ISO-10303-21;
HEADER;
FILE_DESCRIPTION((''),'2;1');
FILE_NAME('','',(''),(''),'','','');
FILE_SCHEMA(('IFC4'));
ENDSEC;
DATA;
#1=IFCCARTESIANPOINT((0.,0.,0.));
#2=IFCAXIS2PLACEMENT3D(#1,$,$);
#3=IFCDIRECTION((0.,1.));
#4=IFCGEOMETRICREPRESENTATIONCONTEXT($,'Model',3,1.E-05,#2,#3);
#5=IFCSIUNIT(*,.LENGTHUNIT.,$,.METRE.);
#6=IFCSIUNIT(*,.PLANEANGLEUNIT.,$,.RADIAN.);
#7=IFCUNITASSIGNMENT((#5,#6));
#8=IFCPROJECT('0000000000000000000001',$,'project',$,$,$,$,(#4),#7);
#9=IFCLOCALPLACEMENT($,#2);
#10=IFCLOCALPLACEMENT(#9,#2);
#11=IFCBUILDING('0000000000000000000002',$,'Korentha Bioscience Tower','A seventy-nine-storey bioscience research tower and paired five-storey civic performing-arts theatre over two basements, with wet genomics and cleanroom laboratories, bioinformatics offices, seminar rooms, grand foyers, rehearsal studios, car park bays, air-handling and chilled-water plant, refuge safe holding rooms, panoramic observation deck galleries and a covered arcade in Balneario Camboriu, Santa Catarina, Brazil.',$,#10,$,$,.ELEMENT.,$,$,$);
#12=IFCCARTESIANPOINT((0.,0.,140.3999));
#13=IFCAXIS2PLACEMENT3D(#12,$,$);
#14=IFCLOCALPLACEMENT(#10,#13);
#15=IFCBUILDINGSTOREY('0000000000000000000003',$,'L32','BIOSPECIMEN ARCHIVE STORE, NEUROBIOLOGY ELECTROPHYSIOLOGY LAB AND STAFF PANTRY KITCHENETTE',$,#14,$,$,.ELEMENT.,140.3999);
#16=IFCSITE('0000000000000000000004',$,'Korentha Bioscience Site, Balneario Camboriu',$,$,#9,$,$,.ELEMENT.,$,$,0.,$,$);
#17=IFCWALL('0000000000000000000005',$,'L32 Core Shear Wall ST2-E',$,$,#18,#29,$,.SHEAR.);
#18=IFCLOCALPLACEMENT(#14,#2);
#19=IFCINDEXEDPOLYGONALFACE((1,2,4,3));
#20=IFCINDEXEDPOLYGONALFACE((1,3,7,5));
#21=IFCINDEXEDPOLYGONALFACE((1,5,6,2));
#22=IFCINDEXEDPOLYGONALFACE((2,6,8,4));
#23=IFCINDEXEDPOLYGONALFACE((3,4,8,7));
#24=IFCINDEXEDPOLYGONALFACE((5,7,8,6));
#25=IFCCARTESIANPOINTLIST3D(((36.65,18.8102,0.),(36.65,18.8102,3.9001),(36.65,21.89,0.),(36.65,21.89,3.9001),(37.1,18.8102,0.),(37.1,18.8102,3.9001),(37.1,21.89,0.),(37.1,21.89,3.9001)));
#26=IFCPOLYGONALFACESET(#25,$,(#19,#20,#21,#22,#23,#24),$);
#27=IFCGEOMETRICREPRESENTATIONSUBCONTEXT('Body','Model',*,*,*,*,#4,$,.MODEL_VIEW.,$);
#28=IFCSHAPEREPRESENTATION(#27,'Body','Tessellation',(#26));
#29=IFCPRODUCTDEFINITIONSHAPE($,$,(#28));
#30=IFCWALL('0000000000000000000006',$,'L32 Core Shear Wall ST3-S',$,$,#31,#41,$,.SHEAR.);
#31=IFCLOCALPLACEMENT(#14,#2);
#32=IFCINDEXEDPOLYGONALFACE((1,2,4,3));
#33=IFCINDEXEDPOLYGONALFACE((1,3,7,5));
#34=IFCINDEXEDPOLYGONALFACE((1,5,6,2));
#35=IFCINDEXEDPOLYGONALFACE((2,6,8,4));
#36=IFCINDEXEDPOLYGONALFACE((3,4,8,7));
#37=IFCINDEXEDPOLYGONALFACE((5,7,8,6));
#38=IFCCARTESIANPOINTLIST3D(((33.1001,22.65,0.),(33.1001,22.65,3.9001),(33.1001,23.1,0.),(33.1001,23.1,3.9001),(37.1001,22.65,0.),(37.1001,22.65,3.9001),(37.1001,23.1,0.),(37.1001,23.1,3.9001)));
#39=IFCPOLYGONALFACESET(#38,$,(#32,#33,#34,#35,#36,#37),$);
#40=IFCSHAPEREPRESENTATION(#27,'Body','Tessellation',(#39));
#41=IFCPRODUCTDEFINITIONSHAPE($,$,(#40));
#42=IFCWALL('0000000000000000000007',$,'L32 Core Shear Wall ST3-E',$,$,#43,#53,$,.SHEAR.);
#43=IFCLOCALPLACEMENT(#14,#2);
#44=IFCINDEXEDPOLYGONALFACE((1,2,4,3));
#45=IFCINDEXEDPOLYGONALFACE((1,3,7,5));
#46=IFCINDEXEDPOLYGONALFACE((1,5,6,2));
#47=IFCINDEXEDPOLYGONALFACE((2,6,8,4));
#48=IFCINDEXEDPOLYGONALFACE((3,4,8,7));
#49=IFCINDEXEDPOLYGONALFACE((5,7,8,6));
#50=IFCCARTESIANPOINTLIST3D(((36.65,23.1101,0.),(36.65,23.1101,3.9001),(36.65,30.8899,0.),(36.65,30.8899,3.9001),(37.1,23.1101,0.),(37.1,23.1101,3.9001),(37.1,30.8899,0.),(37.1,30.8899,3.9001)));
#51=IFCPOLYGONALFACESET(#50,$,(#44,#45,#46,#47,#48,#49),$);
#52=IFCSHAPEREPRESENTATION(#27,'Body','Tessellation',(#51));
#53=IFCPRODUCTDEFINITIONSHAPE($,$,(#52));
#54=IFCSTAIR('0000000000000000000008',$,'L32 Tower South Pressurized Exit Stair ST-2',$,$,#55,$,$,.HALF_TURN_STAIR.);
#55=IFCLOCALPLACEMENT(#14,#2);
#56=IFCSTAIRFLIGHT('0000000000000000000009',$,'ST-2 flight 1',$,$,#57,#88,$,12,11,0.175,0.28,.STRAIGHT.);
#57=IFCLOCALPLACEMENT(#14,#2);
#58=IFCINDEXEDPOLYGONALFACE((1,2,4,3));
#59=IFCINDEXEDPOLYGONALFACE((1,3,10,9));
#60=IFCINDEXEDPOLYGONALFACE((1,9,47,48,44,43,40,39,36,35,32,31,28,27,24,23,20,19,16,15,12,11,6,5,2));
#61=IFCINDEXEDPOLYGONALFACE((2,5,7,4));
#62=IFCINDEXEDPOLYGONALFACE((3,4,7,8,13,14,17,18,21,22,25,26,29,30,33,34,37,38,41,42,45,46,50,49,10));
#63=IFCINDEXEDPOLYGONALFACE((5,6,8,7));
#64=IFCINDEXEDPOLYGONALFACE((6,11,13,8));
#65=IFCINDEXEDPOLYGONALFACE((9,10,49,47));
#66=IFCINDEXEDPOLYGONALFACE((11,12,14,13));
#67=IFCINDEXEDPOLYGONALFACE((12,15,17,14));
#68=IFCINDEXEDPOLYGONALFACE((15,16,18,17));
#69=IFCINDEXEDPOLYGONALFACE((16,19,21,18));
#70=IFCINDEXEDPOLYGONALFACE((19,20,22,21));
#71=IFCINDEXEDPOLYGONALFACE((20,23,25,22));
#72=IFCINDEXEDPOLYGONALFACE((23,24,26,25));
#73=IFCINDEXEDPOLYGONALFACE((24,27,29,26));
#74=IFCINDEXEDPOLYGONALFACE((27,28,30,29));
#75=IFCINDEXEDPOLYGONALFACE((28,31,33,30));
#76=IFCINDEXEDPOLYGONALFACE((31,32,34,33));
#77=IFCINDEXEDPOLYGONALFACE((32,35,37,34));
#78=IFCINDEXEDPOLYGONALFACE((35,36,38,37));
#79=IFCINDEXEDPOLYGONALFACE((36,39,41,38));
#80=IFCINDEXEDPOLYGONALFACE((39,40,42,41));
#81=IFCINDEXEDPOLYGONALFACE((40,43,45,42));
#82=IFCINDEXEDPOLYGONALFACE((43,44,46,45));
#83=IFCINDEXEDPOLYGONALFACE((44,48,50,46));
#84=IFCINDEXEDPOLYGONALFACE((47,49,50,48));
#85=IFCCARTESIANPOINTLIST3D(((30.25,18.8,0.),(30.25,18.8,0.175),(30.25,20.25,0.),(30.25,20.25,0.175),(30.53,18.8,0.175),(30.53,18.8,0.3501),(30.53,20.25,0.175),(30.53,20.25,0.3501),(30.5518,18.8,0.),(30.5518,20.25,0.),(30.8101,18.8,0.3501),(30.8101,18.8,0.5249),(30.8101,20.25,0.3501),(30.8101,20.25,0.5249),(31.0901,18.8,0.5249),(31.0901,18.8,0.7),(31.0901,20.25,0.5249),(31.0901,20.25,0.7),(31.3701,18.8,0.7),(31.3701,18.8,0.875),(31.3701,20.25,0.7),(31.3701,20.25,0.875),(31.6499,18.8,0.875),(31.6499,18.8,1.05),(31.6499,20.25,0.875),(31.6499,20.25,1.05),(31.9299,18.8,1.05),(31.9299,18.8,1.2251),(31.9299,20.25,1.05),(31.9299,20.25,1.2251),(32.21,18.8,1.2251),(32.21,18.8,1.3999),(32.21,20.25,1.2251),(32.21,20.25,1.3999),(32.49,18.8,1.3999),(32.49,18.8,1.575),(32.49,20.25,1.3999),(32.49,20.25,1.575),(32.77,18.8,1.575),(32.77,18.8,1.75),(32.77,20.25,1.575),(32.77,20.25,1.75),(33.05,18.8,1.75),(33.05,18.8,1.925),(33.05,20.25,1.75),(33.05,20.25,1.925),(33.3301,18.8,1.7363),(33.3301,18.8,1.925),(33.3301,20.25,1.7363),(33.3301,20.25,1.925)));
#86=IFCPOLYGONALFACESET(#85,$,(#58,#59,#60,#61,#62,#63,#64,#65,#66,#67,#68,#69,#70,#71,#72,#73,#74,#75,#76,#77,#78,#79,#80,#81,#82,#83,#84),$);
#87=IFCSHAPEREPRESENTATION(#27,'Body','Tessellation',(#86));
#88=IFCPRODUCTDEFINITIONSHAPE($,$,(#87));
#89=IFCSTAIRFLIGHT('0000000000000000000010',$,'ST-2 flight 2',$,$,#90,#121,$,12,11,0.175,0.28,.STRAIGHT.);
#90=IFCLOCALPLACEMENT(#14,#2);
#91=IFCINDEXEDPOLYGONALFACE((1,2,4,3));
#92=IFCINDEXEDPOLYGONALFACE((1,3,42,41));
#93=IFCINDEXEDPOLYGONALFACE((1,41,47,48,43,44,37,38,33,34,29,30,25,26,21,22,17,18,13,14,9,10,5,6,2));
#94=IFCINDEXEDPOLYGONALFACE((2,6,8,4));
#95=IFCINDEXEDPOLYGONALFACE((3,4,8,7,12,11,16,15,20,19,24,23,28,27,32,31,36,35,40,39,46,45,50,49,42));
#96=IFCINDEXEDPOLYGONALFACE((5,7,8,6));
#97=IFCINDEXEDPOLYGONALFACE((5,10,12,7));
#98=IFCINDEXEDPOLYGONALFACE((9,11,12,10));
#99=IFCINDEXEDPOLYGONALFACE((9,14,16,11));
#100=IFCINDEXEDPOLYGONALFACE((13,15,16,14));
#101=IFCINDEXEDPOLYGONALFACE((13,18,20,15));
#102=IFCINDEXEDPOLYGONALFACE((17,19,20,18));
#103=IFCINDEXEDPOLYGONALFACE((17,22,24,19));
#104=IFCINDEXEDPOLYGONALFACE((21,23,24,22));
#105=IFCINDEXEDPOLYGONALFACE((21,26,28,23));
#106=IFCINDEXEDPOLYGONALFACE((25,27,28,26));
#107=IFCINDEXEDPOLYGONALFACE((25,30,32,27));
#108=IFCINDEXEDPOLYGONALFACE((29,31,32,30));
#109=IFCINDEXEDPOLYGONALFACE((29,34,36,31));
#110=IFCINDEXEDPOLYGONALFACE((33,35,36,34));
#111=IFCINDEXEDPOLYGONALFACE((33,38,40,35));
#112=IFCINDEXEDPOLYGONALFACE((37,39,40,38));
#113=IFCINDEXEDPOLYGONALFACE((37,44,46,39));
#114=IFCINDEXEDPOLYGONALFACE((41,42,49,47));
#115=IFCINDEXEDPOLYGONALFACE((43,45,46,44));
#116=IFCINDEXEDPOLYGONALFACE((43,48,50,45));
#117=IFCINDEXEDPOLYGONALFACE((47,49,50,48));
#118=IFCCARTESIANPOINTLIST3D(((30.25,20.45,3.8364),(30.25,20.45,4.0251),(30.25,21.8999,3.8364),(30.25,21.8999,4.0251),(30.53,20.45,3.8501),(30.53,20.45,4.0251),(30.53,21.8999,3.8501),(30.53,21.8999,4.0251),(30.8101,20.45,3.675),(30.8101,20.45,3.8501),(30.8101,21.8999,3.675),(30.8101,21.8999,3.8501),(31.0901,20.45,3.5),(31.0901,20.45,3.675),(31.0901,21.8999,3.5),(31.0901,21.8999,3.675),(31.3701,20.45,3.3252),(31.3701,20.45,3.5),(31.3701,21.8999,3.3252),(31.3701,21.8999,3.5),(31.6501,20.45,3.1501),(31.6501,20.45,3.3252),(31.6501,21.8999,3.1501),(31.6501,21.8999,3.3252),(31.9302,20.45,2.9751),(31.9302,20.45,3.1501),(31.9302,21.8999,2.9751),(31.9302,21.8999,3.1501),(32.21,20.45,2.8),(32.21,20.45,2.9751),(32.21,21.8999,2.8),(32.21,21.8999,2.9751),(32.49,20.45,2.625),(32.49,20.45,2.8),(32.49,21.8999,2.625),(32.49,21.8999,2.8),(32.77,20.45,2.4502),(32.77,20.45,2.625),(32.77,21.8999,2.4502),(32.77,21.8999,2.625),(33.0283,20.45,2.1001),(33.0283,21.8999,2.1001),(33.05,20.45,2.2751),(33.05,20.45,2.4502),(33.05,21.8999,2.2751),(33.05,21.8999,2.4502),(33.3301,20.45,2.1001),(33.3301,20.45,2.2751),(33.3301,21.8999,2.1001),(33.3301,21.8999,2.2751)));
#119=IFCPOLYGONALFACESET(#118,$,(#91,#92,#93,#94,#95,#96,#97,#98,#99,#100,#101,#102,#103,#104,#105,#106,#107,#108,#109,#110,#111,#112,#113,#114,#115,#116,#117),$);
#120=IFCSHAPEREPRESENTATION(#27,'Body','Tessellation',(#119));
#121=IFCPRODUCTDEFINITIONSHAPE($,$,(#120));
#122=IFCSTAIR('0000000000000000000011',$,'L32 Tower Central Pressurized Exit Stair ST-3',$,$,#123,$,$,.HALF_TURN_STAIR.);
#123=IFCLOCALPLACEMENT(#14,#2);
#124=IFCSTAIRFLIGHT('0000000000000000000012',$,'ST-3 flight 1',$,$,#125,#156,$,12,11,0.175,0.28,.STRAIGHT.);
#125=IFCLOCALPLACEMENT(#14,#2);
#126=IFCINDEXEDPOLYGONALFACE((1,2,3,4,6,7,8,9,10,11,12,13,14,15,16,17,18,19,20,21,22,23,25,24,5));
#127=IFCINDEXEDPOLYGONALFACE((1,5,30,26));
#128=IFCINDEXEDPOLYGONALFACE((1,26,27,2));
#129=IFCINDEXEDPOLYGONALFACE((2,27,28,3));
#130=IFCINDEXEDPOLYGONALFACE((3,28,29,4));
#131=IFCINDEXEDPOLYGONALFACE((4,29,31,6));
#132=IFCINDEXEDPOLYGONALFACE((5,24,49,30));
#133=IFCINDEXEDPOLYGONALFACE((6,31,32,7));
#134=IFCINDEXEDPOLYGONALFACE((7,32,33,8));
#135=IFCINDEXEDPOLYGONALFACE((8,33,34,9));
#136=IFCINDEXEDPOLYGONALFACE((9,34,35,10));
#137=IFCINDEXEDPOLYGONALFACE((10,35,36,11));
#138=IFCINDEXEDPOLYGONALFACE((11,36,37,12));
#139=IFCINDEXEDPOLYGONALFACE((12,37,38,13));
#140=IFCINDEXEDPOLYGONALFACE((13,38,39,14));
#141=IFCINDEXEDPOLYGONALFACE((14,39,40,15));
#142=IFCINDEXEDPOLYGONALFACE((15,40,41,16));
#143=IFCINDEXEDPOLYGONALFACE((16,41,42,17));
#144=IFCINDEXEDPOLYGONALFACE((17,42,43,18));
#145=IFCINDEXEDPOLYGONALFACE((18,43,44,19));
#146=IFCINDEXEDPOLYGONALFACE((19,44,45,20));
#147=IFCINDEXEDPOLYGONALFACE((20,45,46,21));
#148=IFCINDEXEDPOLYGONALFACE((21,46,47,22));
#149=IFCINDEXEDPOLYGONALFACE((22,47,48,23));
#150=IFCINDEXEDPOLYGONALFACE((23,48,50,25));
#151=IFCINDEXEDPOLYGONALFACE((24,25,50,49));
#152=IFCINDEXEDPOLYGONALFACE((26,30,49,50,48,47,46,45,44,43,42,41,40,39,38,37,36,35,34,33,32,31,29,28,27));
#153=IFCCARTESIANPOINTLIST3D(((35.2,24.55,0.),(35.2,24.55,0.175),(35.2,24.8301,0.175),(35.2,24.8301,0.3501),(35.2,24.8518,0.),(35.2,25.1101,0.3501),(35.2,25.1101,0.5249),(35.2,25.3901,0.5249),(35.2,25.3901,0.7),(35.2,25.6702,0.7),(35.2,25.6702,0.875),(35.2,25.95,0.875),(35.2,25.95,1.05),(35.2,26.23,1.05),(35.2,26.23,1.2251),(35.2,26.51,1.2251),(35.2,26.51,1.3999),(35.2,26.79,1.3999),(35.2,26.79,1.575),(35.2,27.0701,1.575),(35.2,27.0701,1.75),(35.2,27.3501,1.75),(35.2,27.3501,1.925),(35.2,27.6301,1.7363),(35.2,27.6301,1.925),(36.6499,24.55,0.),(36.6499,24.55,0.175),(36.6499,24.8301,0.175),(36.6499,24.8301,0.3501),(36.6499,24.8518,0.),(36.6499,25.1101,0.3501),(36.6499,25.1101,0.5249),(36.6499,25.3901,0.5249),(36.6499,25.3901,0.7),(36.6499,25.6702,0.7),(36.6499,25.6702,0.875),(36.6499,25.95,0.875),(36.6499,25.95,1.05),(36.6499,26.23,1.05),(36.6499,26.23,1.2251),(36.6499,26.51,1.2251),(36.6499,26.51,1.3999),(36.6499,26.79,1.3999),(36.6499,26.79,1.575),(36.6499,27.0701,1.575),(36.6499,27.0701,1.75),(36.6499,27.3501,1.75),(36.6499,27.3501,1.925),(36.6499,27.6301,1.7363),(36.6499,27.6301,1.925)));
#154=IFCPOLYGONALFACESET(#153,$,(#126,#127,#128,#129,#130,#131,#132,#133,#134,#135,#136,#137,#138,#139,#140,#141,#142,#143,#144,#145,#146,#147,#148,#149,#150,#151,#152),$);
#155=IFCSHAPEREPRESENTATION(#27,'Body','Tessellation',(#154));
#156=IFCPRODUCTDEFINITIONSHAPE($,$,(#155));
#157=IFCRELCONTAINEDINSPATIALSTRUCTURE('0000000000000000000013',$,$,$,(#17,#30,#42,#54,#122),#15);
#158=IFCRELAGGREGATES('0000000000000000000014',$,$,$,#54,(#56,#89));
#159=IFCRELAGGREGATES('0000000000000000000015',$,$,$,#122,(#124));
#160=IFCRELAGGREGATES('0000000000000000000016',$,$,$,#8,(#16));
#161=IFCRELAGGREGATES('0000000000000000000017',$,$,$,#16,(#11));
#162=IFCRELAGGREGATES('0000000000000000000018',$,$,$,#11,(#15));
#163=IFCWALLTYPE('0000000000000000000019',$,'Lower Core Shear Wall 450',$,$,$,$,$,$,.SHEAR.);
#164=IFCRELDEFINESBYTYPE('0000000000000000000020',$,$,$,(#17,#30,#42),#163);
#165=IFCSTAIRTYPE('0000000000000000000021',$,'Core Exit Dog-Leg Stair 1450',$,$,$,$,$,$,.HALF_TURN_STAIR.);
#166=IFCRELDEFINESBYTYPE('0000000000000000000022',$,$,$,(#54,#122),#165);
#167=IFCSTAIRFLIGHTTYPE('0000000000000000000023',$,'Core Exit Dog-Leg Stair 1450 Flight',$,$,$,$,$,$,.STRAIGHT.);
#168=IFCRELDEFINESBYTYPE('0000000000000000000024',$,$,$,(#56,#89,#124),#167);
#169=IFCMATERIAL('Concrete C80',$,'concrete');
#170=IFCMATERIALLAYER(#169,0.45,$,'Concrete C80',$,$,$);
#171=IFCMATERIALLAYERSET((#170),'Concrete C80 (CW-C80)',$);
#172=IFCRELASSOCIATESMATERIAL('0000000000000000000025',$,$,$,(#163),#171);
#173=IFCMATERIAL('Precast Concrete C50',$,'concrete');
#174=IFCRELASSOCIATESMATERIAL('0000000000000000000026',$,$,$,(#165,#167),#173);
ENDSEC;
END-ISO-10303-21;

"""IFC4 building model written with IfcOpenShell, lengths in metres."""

from ifc_helpers import new_model, si_unit, direction, frame, frame_2d, origin, place, context, subcontext, project, spatial, polyline, rectangle, outline, extrude, material, layer, layer_set, type_object, element, aggregate, save


model = new_model("IFC4")

# Units and contexts
model_context = context("Model", 3, precision=1e-05, world=origin(), true_north=direction((0.0, 1.0)))
body_context = subcontext(model_context, "Body", "Model", "MODEL_VIEW")
ifc_project = project(units=[si_unit("LENGTHUNIT", "METRE"), si_unit("PLANEANGLEUNIT", "RADIAN")], contexts=[model_context])

# Site, building, storey
site_placement = place(None, origin())
site = spatial("IfcSite", under=ifc_project, at=site_placement, Name="Korentha Bioscience Site, Balneario Camboriu", CompositionType="ELEMENT", RefElevation=0.0)
building_placement = place(site_placement, origin())
building = spatial("IfcBuilding", under=site, at=building_placement, Name="Korentha Bioscience Tower", Description="A seventy-nine-storey bioscience research tower and paired five-storey civic performing-arts theatre over two basements, with wet genomics and cleanroom laboratories, bioinformatics offices, seminar rooms, grand foyers, rehearsal studios, car park bays, air-handling and chilled-water plant, refuge safe holding rooms, panoramic observation deck galleries and a covered arcade in Balneario Camboriu, Santa Catarina, Brazil.", CompositionType="ELEMENT")
storey_placement = place(building_placement, frame((0.0, 0.0, 140.3999)))
storey = spatial("IfcBuildingStorey", under=building, at=storey_placement, Name="L32", Description="BIOSPECIMEN ARCHIVE STORE, NEUROBIOLOGY ELECTROPHYSIOLOGY LAB AND STAFF PANTRY KITCHENETTE", CompositionType="ELEMENT", Elevation=140.3999)

# Walls
ifc_material_1 = material(Name="Concrete C80", Category="concrete")
ifc_layer_1 = layer(ifc_material_1, 0.45, Name="Concrete C80")
ifc_layer_set_1 = layer_set([ifc_layer_1], Name="Concrete C80 (CW-C80)")
wall_type_1 = type_object("IfcWallType", Name="Lower Core Shear Wall 450", PredefinedType="SHEAR", material=ifc_layer_set_1)
wall_1_placement = place(storey_placement, frame((36.875, 18.8101, 0.0), z_axis=(0.0, 0.0, 1.0), x_axis=(0.0, 1.0, 0.0)))
element("IfcWall", 1, at=wall_1_placement, inside=storey, type_object=wall_type_1, Name="L32 Core Shear Wall ST2-E", PredefinedType="SHEAR", context=body_context, shape_type="SweptSolid", body=[
    extrude(rectangle(XDim=3.0798, YDim=0.45, at=frame_2d((1.54, 0.0))), origin(), (0.0, 0.0, 1.0), 3.9001),
])
wall_2_placement = place(storey_placement, frame((33.1001, 22.875, 0.0), z_axis=(0.0, 0.0, 1.0), x_axis=(1.0, 0.0, 0.0)))
element("IfcWall", 2, at=wall_2_placement, inside=storey, type_object=wall_type_1, Name="L32 Core Shear Wall ST3-S", PredefinedType="SHEAR", context=body_context, shape_type="SweptSolid", body=[
    extrude(rectangle(XDim=4.0, YDim=0.45, at=frame_2d((2.0, 0.0))), origin(), (0.0, 0.0, 1.0), 3.9001),
])
wall_3_placement = place(storey_placement, frame((36.875, 23.1101, 0.0), z_axis=(0.0, 0.0, 1.0), x_axis=(0.0, 1.0, 0.0)))
element("IfcWall", 3, at=wall_3_placement, inside=storey, type_object=wall_type_1, Name="L32 Core Shear Wall ST3-E", PredefinedType="SHEAR", context=body_context, shape_type="SweptSolid", body=[
    extrude(rectangle(XDim=7.7798, YDim=0.45, at=frame_2d((3.8899, 0.0))), origin(), (0.0, 0.0, 1.0), 3.9001),
])

# Stair, stair flights
ifc_material_2 = material(Name="Precast Concrete C50", Category="concrete")
stair_type = type_object("IfcStairType", Name="Core Exit Dog-Leg Stair 1450", PredefinedType="HALF_TURN_STAIR", material=ifc_material_2)
stair_1_placement = place(storey_placement, origin())
stair_1 = element("IfcStair", 4, at=stair_1_placement, inside=storey, type_object=stair_type, Name="L32 Tower South Pressurized Exit Stair ST-2", PredefinedType="HALF_TURN_STAIR")
stair_flight_type = type_object("IfcStairFlightType", Name="Core Exit Dog-Leg Stair 1450 Flight", PredefinedType="STRAIGHT", material=ifc_material_2)
stair_flight_1_placement = place(storey_placement, frame((30.25, 19.5249, 0.0), z_axis=(0.0, 0.0, 1.0), x_axis=(1.0, 0.0, 0.0)))
stair_flight_1 = element("IfcStairFlight", 5, at=stair_flight_1_placement, type_object=stair_flight_type, Name="ST-2 flight 1", NumberOfRisers=12, NumberOfTreads=11, PredefinedType="STRAIGHT", RiserHeight=0.175, TreadLength=0.28, context=body_context, shape_type="SweptSolid", body=[
    extrude(outline(polyline([(0.0, 0.0), (0.0, 0.175), (0.28, 0.175), (0.28, 0.3501), (0.5601, 0.3501), (0.5601, 0.5249), (0.8401, 0.5249), (0.8401, 0.7), (1.1201, 0.7), (1.1201, 0.875), (1.3999, 0.875), (1.3999, 1.05), (1.6799, 1.05), (1.6799, 1.2251), (1.96, 1.2251), (1.96, 1.3999), (2.24, 1.3999), (2.24, 1.575), (2.52, 1.575), (2.52, 1.75), (2.8, 1.75), (2.8, 1.925), (3.0801, 1.925), (3.0801, 2.1001), (3.0801, 1.7363), (0.3018, 0.0), (0.0, 0.0)])), frame((0.0, 0.7251, 0.0), z_axis=(0.0, -1.0, 0.0), x_axis=(1.0, 0.0, 0.0)), (0.0, 0.0, 1.0), 1.45),
])
stair_flight_2_placement = place(storey_placement, frame((33.3301, 21.175, 2.1001), z_axis=(0.0, 0.0, 1.0), x_axis=(-1.0, 0.0, 0.0)))
stair_flight_2 = element("IfcStairFlight", 6, at=stair_flight_2_placement, type_object=stair_flight_type, Name="ST-2 flight 2", NumberOfRisers=12, NumberOfTreads=11, PredefinedType="STRAIGHT", RiserHeight=0.175, TreadLength=0.28, context=body_context, shape_type="SweptSolid", body=[
    extrude(outline(polyline([(0.0, 0.0), (0.0, 0.175), (0.28, 0.175), (0.28, 0.3501), (0.5601, 0.3501), (0.5601, 0.5249), (0.8401, 0.5249), (0.8401, 0.7), (1.1201, 0.7), (1.1201, 0.875), (1.3999, 0.875), (1.3999, 1.05), (1.6799, 1.05), (1.6799, 1.2251), (1.96, 1.2251), (1.96, 1.3999), (2.24, 1.3999), (2.24, 1.575), (2.52, 1.575), (2.52, 1.75), (2.8, 1.75), (2.8, 1.925), (3.0801, 1.925), (3.0801, 2.1001), (3.0801, 1.7363), (0.3018, 0.0), (0.0, 0.0)])), frame((0.0, 0.7251, 0.0), z_axis=(0.0, -1.0, 0.0), x_axis=(1.0, 0.0, 0.0)), (0.0, 0.0, 1.0), 1.45),
])
aggregate(stair_1, [stair_flight_1, stair_flight_2])

# Stair, stair flight
stair_2_placement = place(storey_placement, origin())
stair_2 = element("IfcStair", 7, at=stair_2_placement, inside=storey, type_object=stair_type, Name="L32 Tower Central Pressurized Exit Stair ST-3", PredefinedType="HALF_TURN_STAIR")
stair_flight_3_placement = place(storey_placement, frame((35.925, 24.55, 0.0), z_axis=(0.0, 0.0, 1.0), x_axis=(0.0, 1.0, 0.0)))
stair_flight_3 = element("IfcStairFlight", 8, at=stair_flight_3_placement, type_object=stair_flight_type, Name="ST-3 flight 1", NumberOfRisers=12, NumberOfTreads=11, PredefinedType="STRAIGHT", RiserHeight=0.175, TreadLength=0.28, context=body_context, shape_type="SweptSolid", body=[
    extrude(outline(polyline([(0.0, 0.0), (0.0, 0.175), (0.28, 0.175), (0.28, 0.3501), (0.5601, 0.3501), (0.5601, 0.5249), (0.8401, 0.5249), (0.8401, 0.7), (1.1201, 0.7), (1.1201, 0.875), (1.3999, 0.875), (1.3999, 1.05), (1.6799, 1.05), (1.6799, 1.2251), (1.96, 1.2251), (1.96, 1.3999), (2.24, 1.3999), (2.24, 1.575), (2.52, 1.575), (2.52, 1.75), (2.8, 1.75), (2.8, 1.925), (3.0801, 1.925), (3.0801, 2.1001), (3.0801, 1.7363), (0.3018, 0.0), (0.0, 0.0)])), frame((0.0, 0.7251, 0.0), z_axis=(0.0, -1.0, 0.0), x_axis=(1.0, 0.0, 0.0)), (0.0, 0.0, 1.0), 1.45),
])
aggregate(stair_2, [stair_flight_3])

save(model, "model.ifc")
